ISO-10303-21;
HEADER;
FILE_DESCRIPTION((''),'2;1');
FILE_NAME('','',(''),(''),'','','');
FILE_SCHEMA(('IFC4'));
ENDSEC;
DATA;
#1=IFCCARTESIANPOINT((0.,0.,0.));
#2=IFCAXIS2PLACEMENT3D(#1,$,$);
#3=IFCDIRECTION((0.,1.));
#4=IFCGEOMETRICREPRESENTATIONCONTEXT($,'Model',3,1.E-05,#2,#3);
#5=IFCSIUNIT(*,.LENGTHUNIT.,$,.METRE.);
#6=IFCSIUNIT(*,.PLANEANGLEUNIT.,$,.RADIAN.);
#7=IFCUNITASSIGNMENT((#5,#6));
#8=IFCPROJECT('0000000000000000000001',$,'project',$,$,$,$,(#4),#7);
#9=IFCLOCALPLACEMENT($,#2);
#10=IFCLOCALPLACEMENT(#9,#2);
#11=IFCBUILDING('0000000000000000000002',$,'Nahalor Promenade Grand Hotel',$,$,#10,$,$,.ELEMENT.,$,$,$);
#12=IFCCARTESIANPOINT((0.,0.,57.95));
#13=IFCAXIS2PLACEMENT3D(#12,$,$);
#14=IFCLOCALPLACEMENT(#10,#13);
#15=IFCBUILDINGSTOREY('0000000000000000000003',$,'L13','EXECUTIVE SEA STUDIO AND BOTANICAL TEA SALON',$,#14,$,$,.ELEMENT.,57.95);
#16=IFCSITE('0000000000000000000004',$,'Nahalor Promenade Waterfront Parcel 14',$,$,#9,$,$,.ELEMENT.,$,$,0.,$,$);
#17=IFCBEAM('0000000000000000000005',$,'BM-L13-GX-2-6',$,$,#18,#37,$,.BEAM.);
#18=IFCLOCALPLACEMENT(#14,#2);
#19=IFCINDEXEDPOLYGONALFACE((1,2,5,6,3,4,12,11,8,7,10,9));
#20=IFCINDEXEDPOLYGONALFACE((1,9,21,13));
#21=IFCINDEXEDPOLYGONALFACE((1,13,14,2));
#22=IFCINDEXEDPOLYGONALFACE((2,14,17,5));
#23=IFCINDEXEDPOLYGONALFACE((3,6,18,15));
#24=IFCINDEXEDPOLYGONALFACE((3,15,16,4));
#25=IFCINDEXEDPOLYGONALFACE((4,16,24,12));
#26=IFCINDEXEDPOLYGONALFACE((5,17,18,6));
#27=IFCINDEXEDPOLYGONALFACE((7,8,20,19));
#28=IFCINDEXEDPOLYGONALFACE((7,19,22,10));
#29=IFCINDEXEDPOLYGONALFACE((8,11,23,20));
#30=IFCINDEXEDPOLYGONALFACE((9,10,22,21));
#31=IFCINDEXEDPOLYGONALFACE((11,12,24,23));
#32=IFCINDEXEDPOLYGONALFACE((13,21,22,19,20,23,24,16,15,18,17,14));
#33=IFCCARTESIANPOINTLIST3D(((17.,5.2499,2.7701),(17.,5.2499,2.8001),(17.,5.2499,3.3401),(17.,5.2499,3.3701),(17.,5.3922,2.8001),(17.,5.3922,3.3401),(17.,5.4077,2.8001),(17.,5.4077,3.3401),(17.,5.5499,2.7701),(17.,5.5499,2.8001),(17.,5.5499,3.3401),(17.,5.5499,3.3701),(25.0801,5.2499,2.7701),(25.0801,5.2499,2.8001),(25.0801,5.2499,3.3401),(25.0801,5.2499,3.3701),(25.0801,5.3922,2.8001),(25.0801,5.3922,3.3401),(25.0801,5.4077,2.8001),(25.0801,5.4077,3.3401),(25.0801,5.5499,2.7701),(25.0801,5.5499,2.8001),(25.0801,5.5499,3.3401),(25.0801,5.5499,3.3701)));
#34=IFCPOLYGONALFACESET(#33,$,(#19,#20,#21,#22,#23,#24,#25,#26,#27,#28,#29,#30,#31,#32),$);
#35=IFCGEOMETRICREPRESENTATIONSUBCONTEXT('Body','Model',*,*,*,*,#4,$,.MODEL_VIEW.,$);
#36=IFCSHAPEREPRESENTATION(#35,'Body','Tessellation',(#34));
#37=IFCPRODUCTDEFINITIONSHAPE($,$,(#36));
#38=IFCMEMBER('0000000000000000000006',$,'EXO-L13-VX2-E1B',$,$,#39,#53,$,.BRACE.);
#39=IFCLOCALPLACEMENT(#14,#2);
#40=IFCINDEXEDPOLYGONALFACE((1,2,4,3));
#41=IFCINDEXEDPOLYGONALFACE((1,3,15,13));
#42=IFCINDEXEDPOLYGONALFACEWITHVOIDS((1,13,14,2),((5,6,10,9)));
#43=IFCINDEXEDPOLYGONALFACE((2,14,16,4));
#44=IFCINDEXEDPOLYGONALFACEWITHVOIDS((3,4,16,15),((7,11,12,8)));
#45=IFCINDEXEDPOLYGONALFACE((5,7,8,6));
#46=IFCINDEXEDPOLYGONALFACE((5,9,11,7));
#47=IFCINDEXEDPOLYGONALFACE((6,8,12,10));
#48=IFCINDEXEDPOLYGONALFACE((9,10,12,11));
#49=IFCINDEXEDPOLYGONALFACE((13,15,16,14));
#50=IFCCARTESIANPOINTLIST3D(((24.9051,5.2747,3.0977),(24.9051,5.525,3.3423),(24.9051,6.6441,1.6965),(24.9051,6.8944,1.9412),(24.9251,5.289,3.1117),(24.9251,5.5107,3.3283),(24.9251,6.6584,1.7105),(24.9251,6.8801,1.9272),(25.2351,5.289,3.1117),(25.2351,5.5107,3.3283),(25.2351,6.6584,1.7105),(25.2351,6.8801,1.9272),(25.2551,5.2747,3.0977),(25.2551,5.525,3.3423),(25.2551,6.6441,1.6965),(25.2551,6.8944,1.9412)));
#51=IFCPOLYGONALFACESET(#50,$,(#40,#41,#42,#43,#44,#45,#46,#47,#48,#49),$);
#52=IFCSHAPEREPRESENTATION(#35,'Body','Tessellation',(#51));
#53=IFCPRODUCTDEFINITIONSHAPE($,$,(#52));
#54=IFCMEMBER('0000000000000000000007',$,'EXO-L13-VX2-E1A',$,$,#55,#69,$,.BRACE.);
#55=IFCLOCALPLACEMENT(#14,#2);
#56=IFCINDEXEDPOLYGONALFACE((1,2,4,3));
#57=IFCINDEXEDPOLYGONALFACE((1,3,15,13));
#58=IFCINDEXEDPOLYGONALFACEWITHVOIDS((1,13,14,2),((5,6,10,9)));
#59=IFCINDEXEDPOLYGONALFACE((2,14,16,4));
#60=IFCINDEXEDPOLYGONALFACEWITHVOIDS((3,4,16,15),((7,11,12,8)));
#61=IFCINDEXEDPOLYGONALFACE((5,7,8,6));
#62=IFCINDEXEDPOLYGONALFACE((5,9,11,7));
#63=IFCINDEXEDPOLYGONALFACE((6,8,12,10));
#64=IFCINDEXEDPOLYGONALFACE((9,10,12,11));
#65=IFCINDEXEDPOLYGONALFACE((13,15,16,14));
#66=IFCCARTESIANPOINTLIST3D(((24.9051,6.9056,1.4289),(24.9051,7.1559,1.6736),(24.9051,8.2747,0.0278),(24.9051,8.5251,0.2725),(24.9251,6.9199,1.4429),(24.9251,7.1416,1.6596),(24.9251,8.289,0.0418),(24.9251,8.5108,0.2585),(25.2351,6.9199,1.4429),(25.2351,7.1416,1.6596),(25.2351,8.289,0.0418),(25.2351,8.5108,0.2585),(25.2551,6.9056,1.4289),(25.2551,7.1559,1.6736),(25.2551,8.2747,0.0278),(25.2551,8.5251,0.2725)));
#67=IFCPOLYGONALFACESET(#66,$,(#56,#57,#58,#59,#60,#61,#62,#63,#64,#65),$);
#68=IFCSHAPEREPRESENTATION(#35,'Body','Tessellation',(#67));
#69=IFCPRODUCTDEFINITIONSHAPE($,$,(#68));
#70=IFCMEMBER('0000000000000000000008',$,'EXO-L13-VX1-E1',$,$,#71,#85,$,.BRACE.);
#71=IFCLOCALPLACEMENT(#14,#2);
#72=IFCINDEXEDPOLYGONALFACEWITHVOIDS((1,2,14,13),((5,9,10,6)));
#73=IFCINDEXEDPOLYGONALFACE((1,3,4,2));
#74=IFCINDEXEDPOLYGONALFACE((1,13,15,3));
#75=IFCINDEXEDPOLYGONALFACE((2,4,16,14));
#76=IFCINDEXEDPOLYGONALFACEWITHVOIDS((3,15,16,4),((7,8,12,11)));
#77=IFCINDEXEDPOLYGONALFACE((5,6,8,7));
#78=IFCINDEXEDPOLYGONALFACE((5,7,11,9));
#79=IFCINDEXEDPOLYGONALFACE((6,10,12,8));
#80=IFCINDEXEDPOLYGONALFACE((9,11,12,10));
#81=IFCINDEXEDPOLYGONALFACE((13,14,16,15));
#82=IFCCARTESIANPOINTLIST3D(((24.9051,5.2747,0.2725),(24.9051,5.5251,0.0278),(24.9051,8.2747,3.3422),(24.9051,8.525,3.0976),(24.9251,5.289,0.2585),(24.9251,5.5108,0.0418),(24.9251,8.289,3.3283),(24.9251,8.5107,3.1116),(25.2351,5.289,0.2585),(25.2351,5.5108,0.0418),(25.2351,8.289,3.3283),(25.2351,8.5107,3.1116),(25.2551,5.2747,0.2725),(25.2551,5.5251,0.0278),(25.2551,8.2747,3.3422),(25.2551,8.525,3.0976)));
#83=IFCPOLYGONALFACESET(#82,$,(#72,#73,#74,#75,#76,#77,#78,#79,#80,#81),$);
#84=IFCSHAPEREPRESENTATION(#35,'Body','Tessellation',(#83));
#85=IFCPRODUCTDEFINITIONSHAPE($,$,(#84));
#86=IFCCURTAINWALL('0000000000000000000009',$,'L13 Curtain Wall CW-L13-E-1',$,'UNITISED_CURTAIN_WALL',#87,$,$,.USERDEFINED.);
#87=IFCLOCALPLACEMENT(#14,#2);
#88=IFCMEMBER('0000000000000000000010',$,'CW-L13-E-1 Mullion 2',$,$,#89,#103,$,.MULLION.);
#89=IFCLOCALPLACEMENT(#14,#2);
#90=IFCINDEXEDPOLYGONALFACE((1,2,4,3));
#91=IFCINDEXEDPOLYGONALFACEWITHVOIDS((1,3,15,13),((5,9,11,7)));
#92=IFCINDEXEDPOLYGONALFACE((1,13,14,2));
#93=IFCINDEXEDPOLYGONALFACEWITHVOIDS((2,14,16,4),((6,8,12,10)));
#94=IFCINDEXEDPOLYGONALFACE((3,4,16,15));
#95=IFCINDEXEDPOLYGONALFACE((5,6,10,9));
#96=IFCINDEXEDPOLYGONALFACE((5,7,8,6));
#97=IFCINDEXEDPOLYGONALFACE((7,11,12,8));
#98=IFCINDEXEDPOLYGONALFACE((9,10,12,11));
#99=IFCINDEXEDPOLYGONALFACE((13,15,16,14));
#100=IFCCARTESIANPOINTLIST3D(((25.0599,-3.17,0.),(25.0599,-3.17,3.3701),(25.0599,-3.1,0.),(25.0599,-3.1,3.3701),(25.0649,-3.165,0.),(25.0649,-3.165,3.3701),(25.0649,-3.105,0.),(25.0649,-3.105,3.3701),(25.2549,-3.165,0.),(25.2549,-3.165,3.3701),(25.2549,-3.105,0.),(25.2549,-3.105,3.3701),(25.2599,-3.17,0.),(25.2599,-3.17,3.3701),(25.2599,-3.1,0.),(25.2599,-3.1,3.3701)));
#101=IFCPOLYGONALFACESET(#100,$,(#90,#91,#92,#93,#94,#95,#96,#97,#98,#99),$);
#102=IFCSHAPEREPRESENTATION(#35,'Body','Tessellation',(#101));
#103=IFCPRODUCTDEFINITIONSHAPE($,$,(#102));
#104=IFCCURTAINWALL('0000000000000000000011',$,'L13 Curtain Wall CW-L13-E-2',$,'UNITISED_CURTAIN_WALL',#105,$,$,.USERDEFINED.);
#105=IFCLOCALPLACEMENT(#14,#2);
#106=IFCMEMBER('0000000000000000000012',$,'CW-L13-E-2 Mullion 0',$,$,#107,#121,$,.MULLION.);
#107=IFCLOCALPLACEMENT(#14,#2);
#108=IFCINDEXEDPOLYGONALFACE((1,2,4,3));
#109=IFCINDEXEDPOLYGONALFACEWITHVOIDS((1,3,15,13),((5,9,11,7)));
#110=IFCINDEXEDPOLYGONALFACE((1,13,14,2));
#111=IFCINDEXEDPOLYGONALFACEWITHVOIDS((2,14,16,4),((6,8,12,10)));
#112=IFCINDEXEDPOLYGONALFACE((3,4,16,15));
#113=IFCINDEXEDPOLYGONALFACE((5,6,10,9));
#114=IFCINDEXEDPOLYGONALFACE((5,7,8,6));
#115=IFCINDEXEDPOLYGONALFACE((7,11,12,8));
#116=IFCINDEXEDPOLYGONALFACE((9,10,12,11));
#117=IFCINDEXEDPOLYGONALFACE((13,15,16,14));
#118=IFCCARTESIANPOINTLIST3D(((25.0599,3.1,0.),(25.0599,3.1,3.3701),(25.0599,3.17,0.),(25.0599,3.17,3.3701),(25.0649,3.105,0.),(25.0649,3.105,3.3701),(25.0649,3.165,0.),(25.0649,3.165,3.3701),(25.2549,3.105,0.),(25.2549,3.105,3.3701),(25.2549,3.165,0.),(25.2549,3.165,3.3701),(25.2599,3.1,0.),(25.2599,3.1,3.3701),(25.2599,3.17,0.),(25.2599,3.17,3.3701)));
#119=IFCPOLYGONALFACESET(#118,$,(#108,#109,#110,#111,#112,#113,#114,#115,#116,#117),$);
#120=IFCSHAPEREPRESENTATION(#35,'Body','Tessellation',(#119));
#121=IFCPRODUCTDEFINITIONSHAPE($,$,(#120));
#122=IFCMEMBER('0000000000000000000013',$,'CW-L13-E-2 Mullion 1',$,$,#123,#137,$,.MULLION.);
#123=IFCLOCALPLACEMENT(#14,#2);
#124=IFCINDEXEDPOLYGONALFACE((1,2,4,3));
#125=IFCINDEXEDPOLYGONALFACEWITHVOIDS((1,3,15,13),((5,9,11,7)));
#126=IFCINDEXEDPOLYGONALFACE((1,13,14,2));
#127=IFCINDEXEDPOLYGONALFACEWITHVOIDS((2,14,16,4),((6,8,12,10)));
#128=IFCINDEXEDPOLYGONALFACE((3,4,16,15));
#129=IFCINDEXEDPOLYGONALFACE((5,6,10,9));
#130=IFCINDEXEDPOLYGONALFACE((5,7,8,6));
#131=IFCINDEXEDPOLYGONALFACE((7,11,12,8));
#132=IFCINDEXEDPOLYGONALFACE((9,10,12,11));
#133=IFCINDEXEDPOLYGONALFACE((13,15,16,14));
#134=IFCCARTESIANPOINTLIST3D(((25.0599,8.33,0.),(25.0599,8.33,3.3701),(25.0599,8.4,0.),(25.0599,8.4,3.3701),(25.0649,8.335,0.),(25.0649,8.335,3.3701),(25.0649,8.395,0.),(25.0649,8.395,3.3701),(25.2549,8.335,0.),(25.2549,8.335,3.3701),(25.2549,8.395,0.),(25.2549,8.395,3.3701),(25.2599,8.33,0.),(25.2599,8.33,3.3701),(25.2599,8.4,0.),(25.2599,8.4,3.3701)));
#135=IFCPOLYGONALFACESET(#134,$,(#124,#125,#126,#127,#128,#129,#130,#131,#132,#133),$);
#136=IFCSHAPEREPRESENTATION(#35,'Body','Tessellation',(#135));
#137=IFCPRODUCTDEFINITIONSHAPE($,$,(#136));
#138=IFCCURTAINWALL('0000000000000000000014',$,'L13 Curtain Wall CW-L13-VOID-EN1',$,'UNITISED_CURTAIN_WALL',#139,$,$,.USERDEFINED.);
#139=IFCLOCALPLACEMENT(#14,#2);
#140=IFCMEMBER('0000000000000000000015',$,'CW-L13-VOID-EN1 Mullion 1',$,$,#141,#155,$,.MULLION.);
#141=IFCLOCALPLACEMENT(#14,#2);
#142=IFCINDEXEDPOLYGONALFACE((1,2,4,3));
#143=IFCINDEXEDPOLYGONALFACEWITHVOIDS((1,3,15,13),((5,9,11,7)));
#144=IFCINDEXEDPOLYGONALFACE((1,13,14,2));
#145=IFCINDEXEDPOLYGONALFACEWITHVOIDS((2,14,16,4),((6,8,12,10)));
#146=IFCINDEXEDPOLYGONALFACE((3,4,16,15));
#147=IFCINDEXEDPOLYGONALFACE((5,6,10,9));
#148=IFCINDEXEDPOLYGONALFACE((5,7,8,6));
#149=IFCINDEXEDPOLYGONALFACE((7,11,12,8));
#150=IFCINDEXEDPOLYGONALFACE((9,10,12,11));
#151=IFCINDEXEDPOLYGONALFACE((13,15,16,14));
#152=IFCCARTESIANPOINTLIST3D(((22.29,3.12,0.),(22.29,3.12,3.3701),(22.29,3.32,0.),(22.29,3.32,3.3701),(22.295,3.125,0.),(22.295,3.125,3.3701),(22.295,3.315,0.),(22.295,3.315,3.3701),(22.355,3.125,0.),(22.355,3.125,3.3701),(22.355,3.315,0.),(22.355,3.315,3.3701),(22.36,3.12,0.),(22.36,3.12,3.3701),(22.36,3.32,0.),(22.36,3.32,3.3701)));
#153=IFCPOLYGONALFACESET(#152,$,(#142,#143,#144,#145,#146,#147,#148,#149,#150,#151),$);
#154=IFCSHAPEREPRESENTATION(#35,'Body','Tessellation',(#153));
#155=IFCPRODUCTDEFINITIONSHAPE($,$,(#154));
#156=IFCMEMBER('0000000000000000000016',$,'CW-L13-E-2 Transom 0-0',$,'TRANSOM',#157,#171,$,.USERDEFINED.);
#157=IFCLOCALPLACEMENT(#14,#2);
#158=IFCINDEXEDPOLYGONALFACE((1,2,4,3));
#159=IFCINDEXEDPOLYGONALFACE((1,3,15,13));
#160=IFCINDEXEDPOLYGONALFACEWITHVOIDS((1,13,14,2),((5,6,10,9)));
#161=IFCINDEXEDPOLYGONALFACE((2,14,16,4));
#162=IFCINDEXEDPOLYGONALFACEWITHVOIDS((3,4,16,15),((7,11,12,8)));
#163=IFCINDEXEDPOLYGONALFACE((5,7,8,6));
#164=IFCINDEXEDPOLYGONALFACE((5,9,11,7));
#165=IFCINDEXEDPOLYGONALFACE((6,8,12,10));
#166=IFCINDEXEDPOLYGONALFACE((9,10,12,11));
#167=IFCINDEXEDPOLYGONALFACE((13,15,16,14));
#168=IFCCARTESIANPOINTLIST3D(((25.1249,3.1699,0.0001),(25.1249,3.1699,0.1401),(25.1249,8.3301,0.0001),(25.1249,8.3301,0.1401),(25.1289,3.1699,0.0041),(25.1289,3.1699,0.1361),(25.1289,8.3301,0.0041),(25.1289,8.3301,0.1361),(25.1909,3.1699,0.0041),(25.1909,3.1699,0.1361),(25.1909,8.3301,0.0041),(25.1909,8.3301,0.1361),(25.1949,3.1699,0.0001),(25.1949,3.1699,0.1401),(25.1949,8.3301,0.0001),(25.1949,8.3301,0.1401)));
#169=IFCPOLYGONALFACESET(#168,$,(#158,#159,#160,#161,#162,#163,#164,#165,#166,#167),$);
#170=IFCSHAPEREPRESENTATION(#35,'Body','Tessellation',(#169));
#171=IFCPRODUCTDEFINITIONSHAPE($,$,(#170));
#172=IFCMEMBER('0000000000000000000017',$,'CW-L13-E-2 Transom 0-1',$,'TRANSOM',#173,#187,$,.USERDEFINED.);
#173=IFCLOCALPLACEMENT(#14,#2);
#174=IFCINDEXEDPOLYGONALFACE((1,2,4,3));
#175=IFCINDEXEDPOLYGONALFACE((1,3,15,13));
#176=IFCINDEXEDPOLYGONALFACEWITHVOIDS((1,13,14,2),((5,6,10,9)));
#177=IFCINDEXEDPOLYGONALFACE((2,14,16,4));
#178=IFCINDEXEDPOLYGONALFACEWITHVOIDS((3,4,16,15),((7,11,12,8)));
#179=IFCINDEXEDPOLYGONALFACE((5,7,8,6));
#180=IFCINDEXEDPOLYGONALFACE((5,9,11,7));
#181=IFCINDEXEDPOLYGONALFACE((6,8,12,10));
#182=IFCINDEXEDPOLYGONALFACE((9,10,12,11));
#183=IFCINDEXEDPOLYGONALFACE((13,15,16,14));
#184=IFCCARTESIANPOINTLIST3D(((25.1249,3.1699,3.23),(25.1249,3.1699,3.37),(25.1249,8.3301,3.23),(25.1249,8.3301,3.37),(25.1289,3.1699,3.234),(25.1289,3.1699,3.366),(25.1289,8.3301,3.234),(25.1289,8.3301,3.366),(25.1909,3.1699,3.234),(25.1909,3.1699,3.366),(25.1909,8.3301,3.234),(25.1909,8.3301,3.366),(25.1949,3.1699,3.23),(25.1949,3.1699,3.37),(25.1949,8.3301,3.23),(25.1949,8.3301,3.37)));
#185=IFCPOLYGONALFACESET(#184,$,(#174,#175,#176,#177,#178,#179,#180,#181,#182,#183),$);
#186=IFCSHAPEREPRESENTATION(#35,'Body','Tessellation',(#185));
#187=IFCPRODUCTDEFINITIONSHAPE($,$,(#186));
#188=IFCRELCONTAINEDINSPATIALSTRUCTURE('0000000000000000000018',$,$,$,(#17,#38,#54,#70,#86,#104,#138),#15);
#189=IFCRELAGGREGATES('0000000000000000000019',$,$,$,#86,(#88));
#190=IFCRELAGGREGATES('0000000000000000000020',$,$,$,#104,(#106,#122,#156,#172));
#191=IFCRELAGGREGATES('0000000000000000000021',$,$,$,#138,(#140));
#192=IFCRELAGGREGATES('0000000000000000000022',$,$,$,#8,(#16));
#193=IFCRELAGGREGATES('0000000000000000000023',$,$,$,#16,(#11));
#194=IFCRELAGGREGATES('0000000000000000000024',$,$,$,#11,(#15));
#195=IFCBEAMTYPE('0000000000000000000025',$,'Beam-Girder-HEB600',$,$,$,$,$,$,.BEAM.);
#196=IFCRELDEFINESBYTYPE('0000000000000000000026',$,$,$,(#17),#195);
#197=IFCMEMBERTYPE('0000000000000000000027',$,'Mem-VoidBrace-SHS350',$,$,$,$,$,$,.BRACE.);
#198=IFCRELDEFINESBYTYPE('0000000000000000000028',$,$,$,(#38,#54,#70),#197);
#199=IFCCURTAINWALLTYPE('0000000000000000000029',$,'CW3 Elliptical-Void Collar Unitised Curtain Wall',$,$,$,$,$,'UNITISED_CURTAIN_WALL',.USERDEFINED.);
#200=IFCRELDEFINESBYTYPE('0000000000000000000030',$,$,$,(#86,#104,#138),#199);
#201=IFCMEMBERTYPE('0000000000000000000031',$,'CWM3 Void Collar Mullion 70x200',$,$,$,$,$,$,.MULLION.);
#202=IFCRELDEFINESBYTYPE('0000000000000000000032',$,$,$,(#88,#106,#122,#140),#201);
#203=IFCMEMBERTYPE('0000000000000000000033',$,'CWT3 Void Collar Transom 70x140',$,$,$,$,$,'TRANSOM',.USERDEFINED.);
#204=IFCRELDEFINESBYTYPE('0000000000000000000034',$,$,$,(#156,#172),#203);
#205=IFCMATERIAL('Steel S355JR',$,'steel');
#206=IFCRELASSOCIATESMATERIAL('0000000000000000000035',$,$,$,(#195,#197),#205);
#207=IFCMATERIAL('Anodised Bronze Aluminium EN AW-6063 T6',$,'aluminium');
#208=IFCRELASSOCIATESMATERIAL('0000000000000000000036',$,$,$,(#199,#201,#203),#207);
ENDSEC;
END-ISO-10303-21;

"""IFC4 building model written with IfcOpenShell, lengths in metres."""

from ifc_helpers import new_model, si_unit, direction, frame, origin, origin_2d, place, context, subcontext, project, spatial, hollow_rectangle, i_section, extrude, source, transform, mapped, material, material_profile, profile_set, type_object, element, aggregate, save


model = new_model("IFC4")

# Units and contexts
model_context = context("Model", 3, precision=1e-05, world=origin(), true_north=direction((0.0, 1.0)))
body_context = subcontext(model_context, "Body", "Model", "MODEL_VIEW")
ifc_project = project(units=[si_unit("LENGTHUNIT", "METRE"), si_unit("PLANEANGLEUNIT", "RADIAN")], contexts=[model_context])

# Site, building, storey
site_placement = place(None, origin())
site = spatial("IfcSite", under=ifc_project, at=site_placement, Name="Nahalor Promenade Waterfront Parcel 14", CompositionType="ELEMENT", RefElevation=0.0)
building_placement = place(site_placement, origin())
building = spatial("IfcBuilding", under=site, at=building_placement, Name="Nahalor Promenade Grand Hotel", CompositionType="ELEMENT")
storey_placement = place(building_placement, frame((0.0, 0.0, 57.95)))
storey = spatial("IfcBuildingStorey", under=building, at=storey_placement, Name="L13", Description="EXECUTIVE SEA STUDIO AND BOTANICAL TEA SALON", CompositionType="ELEMENT", Elevation=57.95)

# Beam
ifc_material_1 = material(Name="Steel S355JR", Category="steel")
ifc_material_profile_1 = material_profile(ifc_material_1, i_section(OverallWidth=0.3, OverallDepth=0.6, WebThickness=0.0155, FlangeThickness=0.03, at=origin_2d()), Name="HEB 600")
ifc_profile_set_1 = profile_set([ifc_material_profile_1], Name="Steel S355JR")
beam_type_1 = type_object("IfcBeamType", Name="Beam-Girder-HEB600", PredefinedType="BEAM", material=ifc_profile_set_1)
shared_shape_1 = source(origin(), body_context, "Body", "SweptSolid", [
    extrude(i_section(OverallWidth=0.3, OverallDepth=0.6, WebThickness=0.0155, FlangeThickness=0.03, at=origin_2d()), origin(), (0.0, 0.0, 1.0), 8.0801),
])
beam_1_placement = place(storey_placement, frame((17.0, 5.3999, 3.0701), z_axis=(1.0, 0.0, 0.0), x_axis=(0.0, 1.0, 0.0)))
element("IfcBeam", 1, at=beam_1_placement, inside=storey, type_object=beam_type_1, Name="BM-L13-GX-2-6", PredefinedType="BEAM", context=body_context, shape_type="MappedRepresentation", body=[
    mapped(shared_shape_1, transform((0.0, 0.0, 0.0), scale=1.0)),
])

# Members
ifc_material_profile_2 = material_profile(ifc_material_1, hollow_rectangle(XDim=0.35, YDim=0.35, WallThickness=0.02, at=origin_2d()), Name="SHS 350x350x20")
ifc_profile_set_2 = profile_set([ifc_material_profile_2], Name="Steel S355JR")
member_type_1 = type_object("IfcMemberType", Name="Mem-VoidBrace-SHS350", PredefinedType="BRACE", material=ifc_profile_set_2)
shared_shape_2 = source(origin(), body_context, "Body", "SweptSolid", [
    extrude(hollow_rectangle(XDim=0.35, YDim=0.35, WallThickness=0.02, at=origin_2d()), origin(), (0.0, 0.0, 1.0), 1.9592),
])
member_1_placement = place(storey_placement, frame((25.0801, 6.7693, 1.8188), z_axis=(0.0, -0.69896, 0.71516), x_axis=(1.0, 0.0, 0.0)))
element("IfcMember", 2, at=member_1_placement, inside=storey, type_object=member_type_1, Name="EXO-L13-VX2-E1B", PredefinedType="BRACE", context=body_context, shape_type="MappedRepresentation", body=[
    mapped(shared_shape_2, transform((0.0, 0.0, 0.0), scale=1.0)),
])
shared_shape_3 = source(origin(), body_context, "Body", "SweptSolid", [
    extrude(hollow_rectangle(XDim=0.35, YDim=0.35, WallThickness=0.02, at=origin_2d()), origin(), (0.0, 0.0, 1.0), 1.959),
])
member_2_placement = place(storey_placement, frame((25.0801, 8.3999, 0.1501), z_axis=(0.0, -0.698897, 0.715223), x_axis=(1.0, 0.0, 0.0)))
element("IfcMember", 3, at=member_2_placement, inside=storey, type_object=member_type_1, Name="EXO-L13-VX2-E1A", PredefinedType="BRACE", context=body_context, shape_type="MappedRepresentation", body=[
    mapped(shared_shape_3, transform((0.0, 0.0, 0.0), scale=1.0)),
])
shared_shape_4 = source(origin(), body_context, "Body", "SweptSolid", [
    extrude(hollow_rectangle(XDim=0.35, YDim=0.35, WallThickness=0.02, at=origin_2d()), origin(), (0.0, 0.0, 1.0), 4.2922),
])
member_3_placement = place(storey_placement, frame((25.0801, 5.3999, 0.1501), z_axis=(0.0, 0.698926, 0.715194), x_axis=(-1.0, 0.0, 0.0)))
element("IfcMember", 4, at=member_3_placement, inside=storey, type_object=member_type_1, Name="EXO-L13-VX1-E1", PredefinedType="BRACE", context=body_context, shape_type="MappedRepresentation", body=[
    mapped(shared_shape_4, transform((0.0, 0.0, 0.0), scale=1.0)),
])

# Curtain wall, member
ifc_material_2 = material(Name="Anodised Bronze Aluminium EN AW-6063 T6", Category="aluminium")
curtain_wall_type = type_object("IfcCurtainWallType", Name="CW3 Elliptical-Void Collar Unitised Curtain Wall", ElementType="UNITISED_CURTAIN_WALL", PredefinedType="USERDEFINED", material=ifc_material_2)
curtain_wall_1_placement = place(storey_placement, origin())
curtain_wall_1 = element("IfcCurtainWall", 5, at=curtain_wall_1_placement, inside=storey, type_object=curtain_wall_type, Name="L13 Curtain Wall CW-L13-E-1", ObjectType="UNITISED_CURTAIN_WALL", PredefinedType="USERDEFINED")
ifc_material_profile_3 = material_profile(ifc_material_2, hollow_rectangle(XDim=0.07, YDim=0.2, WallThickness=0.005, at=origin_2d()), Name="CWM 70x200x5")
ifc_profile_set_3 = profile_set([ifc_material_profile_3], Name="Anodised Bronze Aluminium EN AW-6063 T6")
member_type_2 = type_object("IfcMemberType", Name="CWM3 Void Collar Mullion 70x200", PredefinedType="MULLION", material=ifc_profile_set_3)
shared_shape_5 = source(origin(), body_context, "Body", "SweptSolid", [
    extrude(hollow_rectangle(XDim=0.07, YDim=0.2, WallThickness=0.005, at=origin_2d()), origin(), (0.0, 0.0, 1.0), 3.3701),
])
member_4_placement = place(storey_placement, frame((25.1599, -3.135, 0.0), z_axis=(0.0, 0.0, 1.0), x_axis=(0.0, 1.0, 0.0)))
member_4 = element("IfcMember", 6, at=member_4_placement, type_object=member_type_2, Name="CW-L13-E-1 Mullion 2", PredefinedType="MULLION", context=body_context, shape_type="MappedRepresentation", body=[
    mapped(shared_shape_5, transform((0.0, 0.0, 0.0), scale=1.0)),
])
aggregate(curtain_wall_1, [member_4])

# Curtain wall, members
curtain_wall_2_placement = place(storey_placement, origin())
curtain_wall_2 = element("IfcCurtainWall", 7, at=curtain_wall_2_placement, inside=storey, type_object=curtain_wall_type, Name="L13 Curtain Wall CW-L13-E-2", ObjectType="UNITISED_CURTAIN_WALL", PredefinedType="USERDEFINED")
member_5_placement = place(storey_placement, frame((25.1599, 3.135, 0.0), z_axis=(0.0, 0.0, 1.0), x_axis=(0.0, 1.0, 0.0)))
member_5 = element("IfcMember", 8, at=member_5_placement, type_object=member_type_2, Name="CW-L13-E-2 Mullion 0", PredefinedType="MULLION", context=body_context, shape_type="MappedRepresentation", body=[
    mapped(shared_shape_5, transform((0.0, 0.0, 0.0), scale=1.0)),
])
member_6_placement = place(storey_placement, frame((25.1599, 8.365, 0.0), z_axis=(0.0, 0.0, 1.0), x_axis=(0.0, 1.0, 0.0)))
member_6 = element("IfcMember", 9, at=member_6_placement, type_object=member_type_2, Name="CW-L13-E-2 Mullion 1", PredefinedType="MULLION", context=body_context, shape_type="MappedRepresentation", body=[
    mapped(shared_shape_5, transform((0.0, 0.0, 0.0), scale=1.0)),
])

# Curtain wall, member
curtain_wall_3_placement = place(storey_placement, origin())
curtain_wall_3 = element("IfcCurtainWall", 10, at=curtain_wall_3_placement, inside=storey, type_object=curtain_wall_type, Name="L13 Curtain Wall CW-L13-VOID-EN1", ObjectType="UNITISED_CURTAIN_WALL", PredefinedType="USERDEFINED")
member_7_placement = place(storey_placement, frame((22.325, 3.22, 0.0), z_axis=(0.0, 0.0, 1.0), x_axis=(1.0, 0.0, 0.0)))
member_7 = element("IfcMember", 11, at=member_7_placement, type_object=member_type_2, Name="CW-L13-VOID-EN1 Mullion 1", PredefinedType="MULLION", context=body_context, shape_type="MappedRepresentation", body=[
    mapped(shared_shape_5, transform((0.0, 0.0, 0.0), scale=1.0)),
])

# Members
ifc_material_profile_4 = material_profile(ifc_material_2, hollow_rectangle(XDim=0.07, YDim=0.14, WallThickness=0.004, at=origin_2d()), Name="CWT 70x140x4")
ifc_profile_set_4 = profile_set([ifc_material_profile_4], Name="Anodised Bronze Aluminium EN AW-6063 T6")
member_type_3 = type_object("IfcMemberType", Name="CWT3 Void Collar Transom 70x140", ElementType="TRANSOM", PredefinedType="USERDEFINED", material=ifc_profile_set_4)
shared_shape_6 = source(origin(), body_context, "Body", "SweptSolid", [
    extrude(hollow_rectangle(XDim=0.07, YDim=0.14, WallThickness=0.004, at=origin_2d()), origin(), (0.0, 0.0, 1.0), 5.1602),
])
member_8_placement = place(storey_placement, frame((25.1599, 3.1699, 0.0701), z_axis=(0.0, 1.0, 0.0), x_axis=(-1.0, 0.0, 0.0)))
member_8 = element("IfcMember", 12, at=member_8_placement, type_object=member_type_3, Name="CW-L13-E-2 Transom 0-0", ObjectType="TRANSOM", PredefinedType="USERDEFINED", context=body_context, shape_type="MappedRepresentation", body=[
    mapped(shared_shape_6, transform((0.0, 0.0, 0.0), scale=1.0)),
])
member_9_placement = place(storey_placement, frame((25.1599, 3.1699, 3.3), z_axis=(0.0, 1.0, 0.0), x_axis=(-1.0, 0.0, 0.0)))
member_9 = element("IfcMember", 13, at=member_9_placement, type_object=member_type_3, Name="CW-L13-E-2 Transom 0-1", ObjectType="TRANSOM", PredefinedType="USERDEFINED", context=body_context, shape_type="MappedRepresentation", body=[
    mapped(shared_shape_6, transform((0.0, 0.0, 0.0), scale=1.0)),
])

aggregate(curtain_wall_2, [member_5, member_6, member_8, member_9])
aggregate(curtain_wall_3, [member_7])

save(model, "model.ifc")
